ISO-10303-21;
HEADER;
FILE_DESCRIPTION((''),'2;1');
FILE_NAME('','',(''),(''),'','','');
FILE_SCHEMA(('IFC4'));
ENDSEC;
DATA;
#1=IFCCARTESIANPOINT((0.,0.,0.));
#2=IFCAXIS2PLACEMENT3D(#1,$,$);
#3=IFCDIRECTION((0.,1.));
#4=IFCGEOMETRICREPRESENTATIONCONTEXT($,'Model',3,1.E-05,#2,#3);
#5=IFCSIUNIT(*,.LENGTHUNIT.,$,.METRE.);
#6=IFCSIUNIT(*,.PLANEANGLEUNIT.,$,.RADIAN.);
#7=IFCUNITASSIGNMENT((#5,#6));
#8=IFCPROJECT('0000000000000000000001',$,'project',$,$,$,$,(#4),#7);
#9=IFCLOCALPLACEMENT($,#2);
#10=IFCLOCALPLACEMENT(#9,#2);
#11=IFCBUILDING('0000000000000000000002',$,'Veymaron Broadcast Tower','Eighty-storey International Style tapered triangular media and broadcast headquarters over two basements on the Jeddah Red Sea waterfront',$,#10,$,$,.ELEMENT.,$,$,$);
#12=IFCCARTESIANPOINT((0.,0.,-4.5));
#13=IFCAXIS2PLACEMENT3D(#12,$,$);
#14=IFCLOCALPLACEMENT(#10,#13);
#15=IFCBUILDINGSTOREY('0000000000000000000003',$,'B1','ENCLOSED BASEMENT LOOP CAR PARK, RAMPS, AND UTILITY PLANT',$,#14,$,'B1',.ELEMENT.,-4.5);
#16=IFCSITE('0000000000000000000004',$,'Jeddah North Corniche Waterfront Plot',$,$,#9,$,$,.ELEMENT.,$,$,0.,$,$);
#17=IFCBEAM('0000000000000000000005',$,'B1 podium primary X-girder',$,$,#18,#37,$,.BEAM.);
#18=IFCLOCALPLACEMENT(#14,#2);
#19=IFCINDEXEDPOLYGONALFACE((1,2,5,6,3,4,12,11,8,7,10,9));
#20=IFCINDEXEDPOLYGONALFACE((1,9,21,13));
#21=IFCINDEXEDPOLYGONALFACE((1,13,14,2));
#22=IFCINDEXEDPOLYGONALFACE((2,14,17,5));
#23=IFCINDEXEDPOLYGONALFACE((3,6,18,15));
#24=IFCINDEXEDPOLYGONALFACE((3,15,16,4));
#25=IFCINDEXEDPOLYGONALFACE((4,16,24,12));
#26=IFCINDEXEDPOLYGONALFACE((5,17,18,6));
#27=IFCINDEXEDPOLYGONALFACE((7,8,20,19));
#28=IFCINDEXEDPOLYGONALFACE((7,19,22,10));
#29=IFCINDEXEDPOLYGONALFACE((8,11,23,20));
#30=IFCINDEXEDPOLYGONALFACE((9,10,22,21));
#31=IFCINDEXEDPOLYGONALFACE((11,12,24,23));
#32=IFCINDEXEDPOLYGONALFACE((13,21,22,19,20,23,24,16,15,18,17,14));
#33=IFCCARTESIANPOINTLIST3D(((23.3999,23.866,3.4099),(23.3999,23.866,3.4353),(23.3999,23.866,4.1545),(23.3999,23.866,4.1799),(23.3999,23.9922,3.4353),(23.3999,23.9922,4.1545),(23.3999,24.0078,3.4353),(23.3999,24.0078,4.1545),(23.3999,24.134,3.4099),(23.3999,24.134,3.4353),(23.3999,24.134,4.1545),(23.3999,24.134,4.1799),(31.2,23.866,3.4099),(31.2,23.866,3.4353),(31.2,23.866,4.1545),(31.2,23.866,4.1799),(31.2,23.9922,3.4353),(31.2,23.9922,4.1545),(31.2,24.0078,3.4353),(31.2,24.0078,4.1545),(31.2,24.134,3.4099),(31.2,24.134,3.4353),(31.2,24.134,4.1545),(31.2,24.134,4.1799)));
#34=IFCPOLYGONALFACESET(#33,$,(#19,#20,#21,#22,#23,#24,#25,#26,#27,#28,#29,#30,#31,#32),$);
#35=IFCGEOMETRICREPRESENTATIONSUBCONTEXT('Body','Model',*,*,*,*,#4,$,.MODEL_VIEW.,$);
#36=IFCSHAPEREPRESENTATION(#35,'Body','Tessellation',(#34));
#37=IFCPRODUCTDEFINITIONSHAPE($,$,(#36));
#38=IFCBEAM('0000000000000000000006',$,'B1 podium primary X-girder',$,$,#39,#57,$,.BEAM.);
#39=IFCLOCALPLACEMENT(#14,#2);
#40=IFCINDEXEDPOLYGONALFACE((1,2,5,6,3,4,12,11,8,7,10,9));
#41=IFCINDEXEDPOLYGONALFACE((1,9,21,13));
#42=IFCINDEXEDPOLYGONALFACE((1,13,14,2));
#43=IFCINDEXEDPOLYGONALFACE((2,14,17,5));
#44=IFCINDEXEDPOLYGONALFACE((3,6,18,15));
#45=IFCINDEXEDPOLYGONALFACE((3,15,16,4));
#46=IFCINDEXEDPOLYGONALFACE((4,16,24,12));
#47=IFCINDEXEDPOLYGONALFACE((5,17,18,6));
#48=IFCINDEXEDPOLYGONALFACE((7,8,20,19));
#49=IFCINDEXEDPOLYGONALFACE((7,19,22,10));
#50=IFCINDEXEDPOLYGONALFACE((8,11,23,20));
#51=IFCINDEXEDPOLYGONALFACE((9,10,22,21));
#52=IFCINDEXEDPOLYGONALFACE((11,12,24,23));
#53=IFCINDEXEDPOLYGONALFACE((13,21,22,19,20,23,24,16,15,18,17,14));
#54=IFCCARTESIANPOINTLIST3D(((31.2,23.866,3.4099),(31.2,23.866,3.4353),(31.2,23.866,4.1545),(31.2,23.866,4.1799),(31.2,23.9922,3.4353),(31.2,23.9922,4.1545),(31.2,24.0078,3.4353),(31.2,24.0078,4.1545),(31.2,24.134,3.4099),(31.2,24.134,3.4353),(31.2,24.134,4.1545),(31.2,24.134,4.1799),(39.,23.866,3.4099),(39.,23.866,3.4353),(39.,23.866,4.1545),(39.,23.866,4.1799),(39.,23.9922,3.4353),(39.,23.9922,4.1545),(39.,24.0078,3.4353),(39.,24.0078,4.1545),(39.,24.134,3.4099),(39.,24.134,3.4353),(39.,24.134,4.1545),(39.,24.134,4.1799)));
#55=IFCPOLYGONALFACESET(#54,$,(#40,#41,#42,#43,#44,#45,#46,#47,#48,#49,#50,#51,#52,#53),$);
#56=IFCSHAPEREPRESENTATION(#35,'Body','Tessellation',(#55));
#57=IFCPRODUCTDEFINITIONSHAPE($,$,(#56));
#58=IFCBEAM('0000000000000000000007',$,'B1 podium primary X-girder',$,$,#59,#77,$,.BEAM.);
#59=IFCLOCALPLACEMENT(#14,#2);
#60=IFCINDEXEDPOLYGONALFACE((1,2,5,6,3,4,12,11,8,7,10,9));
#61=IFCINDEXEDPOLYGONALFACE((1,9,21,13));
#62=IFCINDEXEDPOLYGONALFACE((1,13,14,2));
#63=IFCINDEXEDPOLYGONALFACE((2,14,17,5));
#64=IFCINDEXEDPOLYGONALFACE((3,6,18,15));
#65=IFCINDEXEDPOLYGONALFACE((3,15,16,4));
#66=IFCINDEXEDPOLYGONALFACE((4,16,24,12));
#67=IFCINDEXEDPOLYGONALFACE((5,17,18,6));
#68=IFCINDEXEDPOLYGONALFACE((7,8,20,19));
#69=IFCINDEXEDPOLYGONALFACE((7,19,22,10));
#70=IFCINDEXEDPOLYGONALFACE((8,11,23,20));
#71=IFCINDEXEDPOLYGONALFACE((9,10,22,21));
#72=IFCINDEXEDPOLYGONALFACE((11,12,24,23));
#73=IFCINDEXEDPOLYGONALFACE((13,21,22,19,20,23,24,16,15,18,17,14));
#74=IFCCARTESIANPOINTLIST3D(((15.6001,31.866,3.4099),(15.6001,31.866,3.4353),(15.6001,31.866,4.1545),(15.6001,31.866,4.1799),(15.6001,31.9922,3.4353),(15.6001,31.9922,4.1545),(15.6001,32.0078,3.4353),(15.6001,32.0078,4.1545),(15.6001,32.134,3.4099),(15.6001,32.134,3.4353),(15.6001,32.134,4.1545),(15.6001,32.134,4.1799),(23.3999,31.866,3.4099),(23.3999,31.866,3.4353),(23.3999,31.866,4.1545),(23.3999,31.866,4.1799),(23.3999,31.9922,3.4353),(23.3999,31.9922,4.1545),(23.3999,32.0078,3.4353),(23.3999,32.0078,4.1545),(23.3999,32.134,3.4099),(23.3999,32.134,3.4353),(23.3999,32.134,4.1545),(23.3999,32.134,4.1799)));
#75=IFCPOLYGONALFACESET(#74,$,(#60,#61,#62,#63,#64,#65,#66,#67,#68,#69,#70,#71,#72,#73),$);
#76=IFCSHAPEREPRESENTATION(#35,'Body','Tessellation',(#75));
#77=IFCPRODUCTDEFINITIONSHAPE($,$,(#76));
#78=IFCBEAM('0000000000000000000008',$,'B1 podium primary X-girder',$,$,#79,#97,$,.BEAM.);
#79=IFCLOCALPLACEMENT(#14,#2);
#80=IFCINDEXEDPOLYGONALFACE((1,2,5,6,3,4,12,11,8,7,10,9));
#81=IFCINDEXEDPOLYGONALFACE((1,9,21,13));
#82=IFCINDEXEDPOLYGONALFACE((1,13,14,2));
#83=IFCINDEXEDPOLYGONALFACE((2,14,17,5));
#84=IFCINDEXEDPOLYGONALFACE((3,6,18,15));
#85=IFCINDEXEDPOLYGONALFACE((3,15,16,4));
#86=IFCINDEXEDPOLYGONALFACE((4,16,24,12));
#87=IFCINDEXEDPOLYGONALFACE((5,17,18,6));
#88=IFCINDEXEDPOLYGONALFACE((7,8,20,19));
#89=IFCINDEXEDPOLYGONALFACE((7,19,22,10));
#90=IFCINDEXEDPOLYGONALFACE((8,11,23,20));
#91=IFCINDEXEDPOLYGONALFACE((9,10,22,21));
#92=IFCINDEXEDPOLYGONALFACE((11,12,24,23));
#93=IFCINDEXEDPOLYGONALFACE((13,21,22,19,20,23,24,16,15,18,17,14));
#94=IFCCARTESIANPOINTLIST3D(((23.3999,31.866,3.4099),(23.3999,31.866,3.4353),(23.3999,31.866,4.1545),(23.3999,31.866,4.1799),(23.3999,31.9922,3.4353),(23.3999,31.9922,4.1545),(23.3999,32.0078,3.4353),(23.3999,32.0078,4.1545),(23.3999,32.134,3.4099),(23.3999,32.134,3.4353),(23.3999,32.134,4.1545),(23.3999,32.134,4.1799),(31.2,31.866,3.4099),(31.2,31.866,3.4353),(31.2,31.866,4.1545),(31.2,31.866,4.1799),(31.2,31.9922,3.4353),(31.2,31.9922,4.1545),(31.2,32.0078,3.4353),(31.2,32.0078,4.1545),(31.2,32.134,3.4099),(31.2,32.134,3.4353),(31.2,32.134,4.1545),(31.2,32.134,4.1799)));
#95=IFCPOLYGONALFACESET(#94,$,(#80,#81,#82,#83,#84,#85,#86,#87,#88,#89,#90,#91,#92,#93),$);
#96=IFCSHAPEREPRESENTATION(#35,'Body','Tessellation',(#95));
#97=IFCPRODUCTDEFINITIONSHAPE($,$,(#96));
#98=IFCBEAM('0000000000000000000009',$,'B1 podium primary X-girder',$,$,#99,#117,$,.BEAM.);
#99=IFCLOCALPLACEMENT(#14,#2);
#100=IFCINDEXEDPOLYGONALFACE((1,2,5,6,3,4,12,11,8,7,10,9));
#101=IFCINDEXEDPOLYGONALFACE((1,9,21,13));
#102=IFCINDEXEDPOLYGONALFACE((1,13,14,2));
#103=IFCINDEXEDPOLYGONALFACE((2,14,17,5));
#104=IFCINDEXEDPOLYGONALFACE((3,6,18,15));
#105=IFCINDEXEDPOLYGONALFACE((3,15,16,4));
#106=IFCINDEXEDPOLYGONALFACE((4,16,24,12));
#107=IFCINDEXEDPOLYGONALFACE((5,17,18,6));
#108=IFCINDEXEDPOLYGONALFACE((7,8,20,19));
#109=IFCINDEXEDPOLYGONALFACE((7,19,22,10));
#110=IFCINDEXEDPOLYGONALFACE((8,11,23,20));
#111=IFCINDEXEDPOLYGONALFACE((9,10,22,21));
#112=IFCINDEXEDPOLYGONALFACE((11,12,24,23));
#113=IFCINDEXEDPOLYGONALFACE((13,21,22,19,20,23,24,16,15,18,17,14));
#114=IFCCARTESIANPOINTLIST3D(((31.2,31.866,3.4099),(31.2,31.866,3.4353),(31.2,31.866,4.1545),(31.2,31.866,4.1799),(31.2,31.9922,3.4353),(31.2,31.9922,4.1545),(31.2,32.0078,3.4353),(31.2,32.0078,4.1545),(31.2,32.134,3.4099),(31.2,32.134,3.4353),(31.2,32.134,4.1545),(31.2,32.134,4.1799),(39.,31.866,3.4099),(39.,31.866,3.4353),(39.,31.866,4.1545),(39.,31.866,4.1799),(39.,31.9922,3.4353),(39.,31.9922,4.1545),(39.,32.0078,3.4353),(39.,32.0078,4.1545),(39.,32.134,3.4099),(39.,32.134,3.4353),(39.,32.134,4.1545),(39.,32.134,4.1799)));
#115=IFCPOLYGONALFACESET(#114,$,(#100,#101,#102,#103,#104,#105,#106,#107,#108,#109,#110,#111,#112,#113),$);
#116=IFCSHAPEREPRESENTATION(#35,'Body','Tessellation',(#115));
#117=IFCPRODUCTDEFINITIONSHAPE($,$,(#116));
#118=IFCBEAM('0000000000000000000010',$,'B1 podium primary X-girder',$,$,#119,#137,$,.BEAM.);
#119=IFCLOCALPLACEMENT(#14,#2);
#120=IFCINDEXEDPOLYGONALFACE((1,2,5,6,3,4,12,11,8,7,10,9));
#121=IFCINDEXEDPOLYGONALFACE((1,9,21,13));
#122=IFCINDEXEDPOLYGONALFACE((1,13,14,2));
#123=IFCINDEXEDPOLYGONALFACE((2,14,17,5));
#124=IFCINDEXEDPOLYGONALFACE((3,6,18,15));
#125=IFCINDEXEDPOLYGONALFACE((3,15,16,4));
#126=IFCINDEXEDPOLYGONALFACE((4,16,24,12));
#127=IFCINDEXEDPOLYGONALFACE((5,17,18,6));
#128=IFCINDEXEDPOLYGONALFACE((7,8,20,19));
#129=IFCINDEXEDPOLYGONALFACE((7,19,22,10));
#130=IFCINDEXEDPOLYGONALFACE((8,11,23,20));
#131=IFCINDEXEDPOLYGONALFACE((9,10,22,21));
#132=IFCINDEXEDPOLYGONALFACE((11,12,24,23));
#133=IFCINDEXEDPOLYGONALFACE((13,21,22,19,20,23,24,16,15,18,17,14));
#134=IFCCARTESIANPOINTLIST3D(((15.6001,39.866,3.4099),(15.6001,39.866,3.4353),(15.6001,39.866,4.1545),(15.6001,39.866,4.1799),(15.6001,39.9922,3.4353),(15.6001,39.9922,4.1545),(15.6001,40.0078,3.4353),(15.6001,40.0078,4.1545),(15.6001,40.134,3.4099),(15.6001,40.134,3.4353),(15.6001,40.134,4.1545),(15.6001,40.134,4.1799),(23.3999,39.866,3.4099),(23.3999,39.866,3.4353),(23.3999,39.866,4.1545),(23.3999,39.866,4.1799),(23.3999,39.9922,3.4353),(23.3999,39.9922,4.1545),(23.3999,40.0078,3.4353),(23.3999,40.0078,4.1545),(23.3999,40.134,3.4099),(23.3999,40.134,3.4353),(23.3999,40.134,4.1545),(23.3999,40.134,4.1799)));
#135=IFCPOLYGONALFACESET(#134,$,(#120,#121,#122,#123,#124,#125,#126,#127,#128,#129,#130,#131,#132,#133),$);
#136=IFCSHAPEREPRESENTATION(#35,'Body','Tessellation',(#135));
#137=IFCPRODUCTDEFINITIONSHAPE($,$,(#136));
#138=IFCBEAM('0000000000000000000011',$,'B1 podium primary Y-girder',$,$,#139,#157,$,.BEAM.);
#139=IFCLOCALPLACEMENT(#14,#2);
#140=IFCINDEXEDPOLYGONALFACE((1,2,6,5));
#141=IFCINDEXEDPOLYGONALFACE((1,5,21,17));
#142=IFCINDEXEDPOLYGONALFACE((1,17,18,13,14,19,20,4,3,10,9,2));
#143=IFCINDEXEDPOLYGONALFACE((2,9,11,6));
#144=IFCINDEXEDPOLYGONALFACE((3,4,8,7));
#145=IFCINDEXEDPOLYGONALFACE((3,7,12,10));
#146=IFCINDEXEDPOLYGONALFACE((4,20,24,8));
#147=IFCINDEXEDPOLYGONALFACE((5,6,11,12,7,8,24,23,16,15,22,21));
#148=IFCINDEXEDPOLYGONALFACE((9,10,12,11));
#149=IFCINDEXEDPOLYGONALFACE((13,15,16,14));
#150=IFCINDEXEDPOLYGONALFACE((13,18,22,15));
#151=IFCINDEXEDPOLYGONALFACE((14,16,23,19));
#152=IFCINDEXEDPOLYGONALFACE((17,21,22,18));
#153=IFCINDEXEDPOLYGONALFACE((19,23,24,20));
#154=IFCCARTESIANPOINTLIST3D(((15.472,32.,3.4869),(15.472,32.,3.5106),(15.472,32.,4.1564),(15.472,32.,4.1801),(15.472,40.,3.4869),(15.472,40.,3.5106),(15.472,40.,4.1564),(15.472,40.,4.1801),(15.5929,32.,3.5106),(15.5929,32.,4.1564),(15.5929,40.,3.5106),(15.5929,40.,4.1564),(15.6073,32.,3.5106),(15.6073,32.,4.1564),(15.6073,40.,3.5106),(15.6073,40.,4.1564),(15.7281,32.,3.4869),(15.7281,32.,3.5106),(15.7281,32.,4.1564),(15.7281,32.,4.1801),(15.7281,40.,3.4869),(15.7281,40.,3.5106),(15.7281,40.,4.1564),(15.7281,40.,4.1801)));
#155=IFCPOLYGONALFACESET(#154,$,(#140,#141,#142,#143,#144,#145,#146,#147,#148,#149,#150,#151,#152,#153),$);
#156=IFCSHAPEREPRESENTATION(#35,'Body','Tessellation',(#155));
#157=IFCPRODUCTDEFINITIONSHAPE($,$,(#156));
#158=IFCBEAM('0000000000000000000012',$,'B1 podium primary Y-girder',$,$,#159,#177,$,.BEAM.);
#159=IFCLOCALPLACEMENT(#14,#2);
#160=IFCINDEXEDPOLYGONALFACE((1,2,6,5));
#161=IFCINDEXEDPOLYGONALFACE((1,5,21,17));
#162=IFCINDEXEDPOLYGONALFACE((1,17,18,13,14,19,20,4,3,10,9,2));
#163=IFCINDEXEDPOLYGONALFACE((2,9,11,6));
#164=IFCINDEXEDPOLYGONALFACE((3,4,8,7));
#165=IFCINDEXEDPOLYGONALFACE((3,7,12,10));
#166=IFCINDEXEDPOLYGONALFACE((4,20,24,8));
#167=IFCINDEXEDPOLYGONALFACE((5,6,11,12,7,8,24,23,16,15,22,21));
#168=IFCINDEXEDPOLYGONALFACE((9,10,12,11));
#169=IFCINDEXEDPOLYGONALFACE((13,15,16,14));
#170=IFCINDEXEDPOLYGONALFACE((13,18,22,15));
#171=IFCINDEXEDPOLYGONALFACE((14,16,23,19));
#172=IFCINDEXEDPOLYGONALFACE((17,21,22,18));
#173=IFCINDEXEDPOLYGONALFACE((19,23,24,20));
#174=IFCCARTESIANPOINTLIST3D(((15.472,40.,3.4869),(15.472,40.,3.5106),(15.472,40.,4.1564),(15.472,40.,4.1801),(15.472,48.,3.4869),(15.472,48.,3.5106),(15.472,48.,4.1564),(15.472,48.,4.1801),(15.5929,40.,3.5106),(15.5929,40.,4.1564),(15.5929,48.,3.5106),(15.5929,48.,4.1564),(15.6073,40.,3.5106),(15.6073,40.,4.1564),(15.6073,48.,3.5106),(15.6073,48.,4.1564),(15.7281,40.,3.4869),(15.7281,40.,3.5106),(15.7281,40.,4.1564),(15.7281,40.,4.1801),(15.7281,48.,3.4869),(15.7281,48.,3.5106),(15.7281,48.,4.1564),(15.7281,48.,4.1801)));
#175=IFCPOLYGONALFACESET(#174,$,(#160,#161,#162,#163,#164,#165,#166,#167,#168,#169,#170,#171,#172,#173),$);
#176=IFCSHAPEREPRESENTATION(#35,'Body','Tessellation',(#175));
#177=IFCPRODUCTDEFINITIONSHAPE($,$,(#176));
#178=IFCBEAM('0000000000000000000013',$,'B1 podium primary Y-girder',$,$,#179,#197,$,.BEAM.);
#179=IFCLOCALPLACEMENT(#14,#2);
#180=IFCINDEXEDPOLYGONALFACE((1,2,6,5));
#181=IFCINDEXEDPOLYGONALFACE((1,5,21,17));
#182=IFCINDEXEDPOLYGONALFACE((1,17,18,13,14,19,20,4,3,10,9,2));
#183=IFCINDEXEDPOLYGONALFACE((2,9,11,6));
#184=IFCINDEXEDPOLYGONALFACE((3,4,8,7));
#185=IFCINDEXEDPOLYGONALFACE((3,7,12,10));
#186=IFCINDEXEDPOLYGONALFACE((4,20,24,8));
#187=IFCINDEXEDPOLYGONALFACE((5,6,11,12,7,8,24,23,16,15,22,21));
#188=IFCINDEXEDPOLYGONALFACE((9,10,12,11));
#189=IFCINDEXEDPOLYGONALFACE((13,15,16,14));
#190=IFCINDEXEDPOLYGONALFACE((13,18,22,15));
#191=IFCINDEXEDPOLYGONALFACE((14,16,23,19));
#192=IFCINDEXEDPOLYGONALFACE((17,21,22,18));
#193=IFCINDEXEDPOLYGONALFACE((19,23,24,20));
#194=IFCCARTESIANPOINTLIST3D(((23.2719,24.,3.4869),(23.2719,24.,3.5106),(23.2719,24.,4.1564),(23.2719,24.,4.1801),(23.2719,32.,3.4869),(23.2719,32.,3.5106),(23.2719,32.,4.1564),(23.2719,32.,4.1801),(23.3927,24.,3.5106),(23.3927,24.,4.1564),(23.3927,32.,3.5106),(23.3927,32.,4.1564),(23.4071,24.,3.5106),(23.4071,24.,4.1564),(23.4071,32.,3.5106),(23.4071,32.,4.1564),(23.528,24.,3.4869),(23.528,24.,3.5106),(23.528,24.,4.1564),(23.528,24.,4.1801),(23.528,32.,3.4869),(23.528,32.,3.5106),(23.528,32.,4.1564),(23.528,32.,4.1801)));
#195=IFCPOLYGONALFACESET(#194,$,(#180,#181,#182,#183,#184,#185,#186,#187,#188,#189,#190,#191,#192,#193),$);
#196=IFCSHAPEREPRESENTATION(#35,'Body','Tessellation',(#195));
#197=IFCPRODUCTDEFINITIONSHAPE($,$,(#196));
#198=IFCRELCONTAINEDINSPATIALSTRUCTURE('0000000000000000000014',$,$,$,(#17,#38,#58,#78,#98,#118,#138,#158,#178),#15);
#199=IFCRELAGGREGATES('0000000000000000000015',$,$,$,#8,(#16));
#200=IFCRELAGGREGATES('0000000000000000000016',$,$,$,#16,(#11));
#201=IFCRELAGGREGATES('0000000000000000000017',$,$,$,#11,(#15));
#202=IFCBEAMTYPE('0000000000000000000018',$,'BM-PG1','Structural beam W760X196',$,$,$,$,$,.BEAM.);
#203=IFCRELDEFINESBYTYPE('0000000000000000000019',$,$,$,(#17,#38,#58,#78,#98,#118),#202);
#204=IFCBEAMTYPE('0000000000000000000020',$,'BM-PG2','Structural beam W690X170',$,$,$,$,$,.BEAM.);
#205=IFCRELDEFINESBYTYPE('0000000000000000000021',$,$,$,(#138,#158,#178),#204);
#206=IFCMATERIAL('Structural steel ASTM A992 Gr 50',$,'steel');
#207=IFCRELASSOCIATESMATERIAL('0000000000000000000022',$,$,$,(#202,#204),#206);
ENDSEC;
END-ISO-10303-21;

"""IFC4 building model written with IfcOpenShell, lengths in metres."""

from ifc_helpers import new_model, si_unit, direction, frame, origin, origin_2d, place, context, subcontext, project, spatial, i_section, extrude, material, material_profile, profile_set, type_object, element, save


model = new_model("IFC4")

# Units and contexts
model_context = context("Model", 3, precision=1e-05, world=origin(), true_north=direction((0.0, 1.0)))
body_context = subcontext(model_context, "Body", "Model", "MODEL_VIEW")
ifc_project = project(units=[si_unit("LENGTHUNIT", "METRE"), si_unit("PLANEANGLEUNIT", "RADIAN")], contexts=[model_context])

# Site, building, storey
site_placement = place(None, origin())
site = spatial("IfcSite", under=ifc_project, at=site_placement, Name="Jeddah North Corniche Waterfront Plot", CompositionType="ELEMENT", RefElevation=0.0)
building_placement = place(site_placement, origin())
building = spatial("IfcBuilding", under=site, at=building_placement, Name="Veymaron Broadcast Tower", Description="Eighty-storey International Style tapered triangular media and broadcast headquarters over two basements on the Jeddah Red Sea waterfront", CompositionType="ELEMENT")
storey_placement = place(building_placement, frame((0.0, 0.0, -4.5)))
storey = spatial("IfcBuildingStorey", under=building, at=storey_placement, Name="B1", Description="ENCLOSED BASEMENT LOOP CAR PARK, RAMPS, AND UTILITY PLANT", LongName="B1", CompositionType="ELEMENT", Elevation=-4.5)

# Beams
ifc_material_1 = material(Name="Structural steel ASTM A992 Gr 50", Category="steel")
ifc_material_profile_1 = material_profile(ifc_material_1, i_section(OverallWidth=0.2681, OverallDepth=0.77, WebThickness=0.0156, FlangeThickness=0.0254, at=origin_2d()), Name="W760X196")
ifc_profile_set_1 = profile_set([ifc_material_profile_1], Name="Structural steel ASTM A992 Gr 50")
beam_type_1 = type_object("IfcBeamType", Name="BM-PG1", Description="Structural beam W760X196", PredefinedType="BEAM", material=ifc_profile_set_1)
for number, where, z_axis, x_axis, name in (
    (1, (23.3999, 24.0, 3.7949), (1.0, 0.0, 0.0), (0.0, 1.0, 0.0), "B1 podium primary X-girder"),
    (2, (31.2, 24.0, 3.7949), (1.0, 0.0, 0.0), (0.0, 1.0, 0.0), "B1 podium primary X-girder"),
):
    element("IfcBeam", number, at=place(storey_placement, frame(where, z_axis=z_axis, x_axis=x_axis)), inside=storey, type_object=beam_type_1, Name=name, PredefinedType="BEAM", context=body_context, shape_type="SweptSolid", body=[
        extrude(i_section(OverallWidth=0.2681, OverallDepth=0.77, WebThickness=0.0156, FlangeThickness=0.0254, at=origin_2d()), origin(), (0.0, 0.0, 1.0), 7.8),
    ])
beam_1_placement = place(storey_placement, frame((15.6001, 32.0, 3.7949), z_axis=(1.0, 0.0, 0.0), x_axis=(0.0, 1.0, 0.0)))
element("IfcBeam", 3, at=beam_1_placement, inside=storey, type_object=beam_type_1, Name="B1 podium primary X-girder", PredefinedType="BEAM", context=body_context, shape_type="SweptSolid", body=[
    extrude(i_section(OverallWidth=0.2681, OverallDepth=0.77, WebThickness=0.0156, FlangeThickness=0.0254, at=origin_2d()), origin(), (0.0, 0.0, 1.0), 7.7998),
])
for number, where, z_axis, x_axis, name in (
    (4, (23.3999, 32.0, 3.7949), (1.0, 0.0, 0.0), (0.0, 1.0, 0.0), "B1 podium primary X-girder"),
    (5, (31.2, 32.0, 3.7949), (1.0, 0.0, 0.0), (0.0, 1.0, 0.0), "B1 podium primary X-girder"),
):
    element("IfcBeam", number, at=place(storey_placement, frame(where, z_axis=z_axis, x_axis=x_axis)), inside=storey, type_object=beam_type_1, Name=name, PredefinedType="BEAM", context=body_context, shape_type="SweptSolid", body=[
        extrude(i_section(OverallWidth=0.2681, OverallDepth=0.77, WebThickness=0.0156, FlangeThickness=0.0254, at=origin_2d()), origin(), (0.0, 0.0, 1.0), 7.8),
    ])
beam_2_placement = place(storey_placement, frame((15.6001, 40.0, 3.7949), z_axis=(1.0, 0.0, 0.0), x_axis=(0.0, 1.0, 0.0)))
element("IfcBeam", 6, at=beam_2_placement, inside=storey, type_object=beam_type_1, Name="B1 podium primary X-girder", PredefinedType="BEAM", context=body_context, shape_type="SweptSolid", body=[
    extrude(i_section(OverallWidth=0.2681, OverallDepth=0.77, WebThickness=0.0156, FlangeThickness=0.0254, at=origin_2d()), origin(), (0.0, 0.0, 1.0), 7.7998),
])
ifc_material_profile_2 = material_profile(ifc_material_1, i_section(OverallWidth=0.2561, OverallDepth=0.6931, WebThickness=0.0144, FlangeThickness=0.0237, at=origin_2d()), Name="W690X170")
ifc_profile_set_2 = profile_set([ifc_material_profile_2], Name="Structural steel ASTM A992 Gr 50")
beam_type_2 = type_object("IfcBeamType", Name="BM-PG2", Description="Structural beam W690X170", PredefinedType="BEAM", material=ifc_profile_set_2)
for number, where, z_axis, x_axis, name in (
    (7, (15.6001, 32.0, 3.8335), (0.0, 1.0, 0.0), (-1.0, 0.0, 0.0), "B1 podium primary Y-girder"),
    (8, (15.6001, 40.0, 3.8335), (0.0, 1.0, 0.0), (-1.0, 0.0, 0.0), "B1 podium primary Y-girder"),
    (9, (23.3999, 24.0, 3.8335), (0.0, 1.0, 0.0), (-1.0, 0.0, 0.0), "B1 podium primary Y-girder"),
):
    element("IfcBeam", number, at=place(storey_placement, frame(where, z_axis=z_axis, x_axis=x_axis)), inside=storey, type_object=beam_type_2, Name=name, PredefinedType="BEAM", context=body_context, shape_type="SweptSolid", body=[
        extrude(i_section(OverallWidth=0.2561, OverallDepth=0.6931, WebThickness=0.0144, FlangeThickness=0.0237, at=origin_2d()), origin(), (0.0, 0.0, 1.0), 8.0),
    ])

save(model, "model.ifc")
